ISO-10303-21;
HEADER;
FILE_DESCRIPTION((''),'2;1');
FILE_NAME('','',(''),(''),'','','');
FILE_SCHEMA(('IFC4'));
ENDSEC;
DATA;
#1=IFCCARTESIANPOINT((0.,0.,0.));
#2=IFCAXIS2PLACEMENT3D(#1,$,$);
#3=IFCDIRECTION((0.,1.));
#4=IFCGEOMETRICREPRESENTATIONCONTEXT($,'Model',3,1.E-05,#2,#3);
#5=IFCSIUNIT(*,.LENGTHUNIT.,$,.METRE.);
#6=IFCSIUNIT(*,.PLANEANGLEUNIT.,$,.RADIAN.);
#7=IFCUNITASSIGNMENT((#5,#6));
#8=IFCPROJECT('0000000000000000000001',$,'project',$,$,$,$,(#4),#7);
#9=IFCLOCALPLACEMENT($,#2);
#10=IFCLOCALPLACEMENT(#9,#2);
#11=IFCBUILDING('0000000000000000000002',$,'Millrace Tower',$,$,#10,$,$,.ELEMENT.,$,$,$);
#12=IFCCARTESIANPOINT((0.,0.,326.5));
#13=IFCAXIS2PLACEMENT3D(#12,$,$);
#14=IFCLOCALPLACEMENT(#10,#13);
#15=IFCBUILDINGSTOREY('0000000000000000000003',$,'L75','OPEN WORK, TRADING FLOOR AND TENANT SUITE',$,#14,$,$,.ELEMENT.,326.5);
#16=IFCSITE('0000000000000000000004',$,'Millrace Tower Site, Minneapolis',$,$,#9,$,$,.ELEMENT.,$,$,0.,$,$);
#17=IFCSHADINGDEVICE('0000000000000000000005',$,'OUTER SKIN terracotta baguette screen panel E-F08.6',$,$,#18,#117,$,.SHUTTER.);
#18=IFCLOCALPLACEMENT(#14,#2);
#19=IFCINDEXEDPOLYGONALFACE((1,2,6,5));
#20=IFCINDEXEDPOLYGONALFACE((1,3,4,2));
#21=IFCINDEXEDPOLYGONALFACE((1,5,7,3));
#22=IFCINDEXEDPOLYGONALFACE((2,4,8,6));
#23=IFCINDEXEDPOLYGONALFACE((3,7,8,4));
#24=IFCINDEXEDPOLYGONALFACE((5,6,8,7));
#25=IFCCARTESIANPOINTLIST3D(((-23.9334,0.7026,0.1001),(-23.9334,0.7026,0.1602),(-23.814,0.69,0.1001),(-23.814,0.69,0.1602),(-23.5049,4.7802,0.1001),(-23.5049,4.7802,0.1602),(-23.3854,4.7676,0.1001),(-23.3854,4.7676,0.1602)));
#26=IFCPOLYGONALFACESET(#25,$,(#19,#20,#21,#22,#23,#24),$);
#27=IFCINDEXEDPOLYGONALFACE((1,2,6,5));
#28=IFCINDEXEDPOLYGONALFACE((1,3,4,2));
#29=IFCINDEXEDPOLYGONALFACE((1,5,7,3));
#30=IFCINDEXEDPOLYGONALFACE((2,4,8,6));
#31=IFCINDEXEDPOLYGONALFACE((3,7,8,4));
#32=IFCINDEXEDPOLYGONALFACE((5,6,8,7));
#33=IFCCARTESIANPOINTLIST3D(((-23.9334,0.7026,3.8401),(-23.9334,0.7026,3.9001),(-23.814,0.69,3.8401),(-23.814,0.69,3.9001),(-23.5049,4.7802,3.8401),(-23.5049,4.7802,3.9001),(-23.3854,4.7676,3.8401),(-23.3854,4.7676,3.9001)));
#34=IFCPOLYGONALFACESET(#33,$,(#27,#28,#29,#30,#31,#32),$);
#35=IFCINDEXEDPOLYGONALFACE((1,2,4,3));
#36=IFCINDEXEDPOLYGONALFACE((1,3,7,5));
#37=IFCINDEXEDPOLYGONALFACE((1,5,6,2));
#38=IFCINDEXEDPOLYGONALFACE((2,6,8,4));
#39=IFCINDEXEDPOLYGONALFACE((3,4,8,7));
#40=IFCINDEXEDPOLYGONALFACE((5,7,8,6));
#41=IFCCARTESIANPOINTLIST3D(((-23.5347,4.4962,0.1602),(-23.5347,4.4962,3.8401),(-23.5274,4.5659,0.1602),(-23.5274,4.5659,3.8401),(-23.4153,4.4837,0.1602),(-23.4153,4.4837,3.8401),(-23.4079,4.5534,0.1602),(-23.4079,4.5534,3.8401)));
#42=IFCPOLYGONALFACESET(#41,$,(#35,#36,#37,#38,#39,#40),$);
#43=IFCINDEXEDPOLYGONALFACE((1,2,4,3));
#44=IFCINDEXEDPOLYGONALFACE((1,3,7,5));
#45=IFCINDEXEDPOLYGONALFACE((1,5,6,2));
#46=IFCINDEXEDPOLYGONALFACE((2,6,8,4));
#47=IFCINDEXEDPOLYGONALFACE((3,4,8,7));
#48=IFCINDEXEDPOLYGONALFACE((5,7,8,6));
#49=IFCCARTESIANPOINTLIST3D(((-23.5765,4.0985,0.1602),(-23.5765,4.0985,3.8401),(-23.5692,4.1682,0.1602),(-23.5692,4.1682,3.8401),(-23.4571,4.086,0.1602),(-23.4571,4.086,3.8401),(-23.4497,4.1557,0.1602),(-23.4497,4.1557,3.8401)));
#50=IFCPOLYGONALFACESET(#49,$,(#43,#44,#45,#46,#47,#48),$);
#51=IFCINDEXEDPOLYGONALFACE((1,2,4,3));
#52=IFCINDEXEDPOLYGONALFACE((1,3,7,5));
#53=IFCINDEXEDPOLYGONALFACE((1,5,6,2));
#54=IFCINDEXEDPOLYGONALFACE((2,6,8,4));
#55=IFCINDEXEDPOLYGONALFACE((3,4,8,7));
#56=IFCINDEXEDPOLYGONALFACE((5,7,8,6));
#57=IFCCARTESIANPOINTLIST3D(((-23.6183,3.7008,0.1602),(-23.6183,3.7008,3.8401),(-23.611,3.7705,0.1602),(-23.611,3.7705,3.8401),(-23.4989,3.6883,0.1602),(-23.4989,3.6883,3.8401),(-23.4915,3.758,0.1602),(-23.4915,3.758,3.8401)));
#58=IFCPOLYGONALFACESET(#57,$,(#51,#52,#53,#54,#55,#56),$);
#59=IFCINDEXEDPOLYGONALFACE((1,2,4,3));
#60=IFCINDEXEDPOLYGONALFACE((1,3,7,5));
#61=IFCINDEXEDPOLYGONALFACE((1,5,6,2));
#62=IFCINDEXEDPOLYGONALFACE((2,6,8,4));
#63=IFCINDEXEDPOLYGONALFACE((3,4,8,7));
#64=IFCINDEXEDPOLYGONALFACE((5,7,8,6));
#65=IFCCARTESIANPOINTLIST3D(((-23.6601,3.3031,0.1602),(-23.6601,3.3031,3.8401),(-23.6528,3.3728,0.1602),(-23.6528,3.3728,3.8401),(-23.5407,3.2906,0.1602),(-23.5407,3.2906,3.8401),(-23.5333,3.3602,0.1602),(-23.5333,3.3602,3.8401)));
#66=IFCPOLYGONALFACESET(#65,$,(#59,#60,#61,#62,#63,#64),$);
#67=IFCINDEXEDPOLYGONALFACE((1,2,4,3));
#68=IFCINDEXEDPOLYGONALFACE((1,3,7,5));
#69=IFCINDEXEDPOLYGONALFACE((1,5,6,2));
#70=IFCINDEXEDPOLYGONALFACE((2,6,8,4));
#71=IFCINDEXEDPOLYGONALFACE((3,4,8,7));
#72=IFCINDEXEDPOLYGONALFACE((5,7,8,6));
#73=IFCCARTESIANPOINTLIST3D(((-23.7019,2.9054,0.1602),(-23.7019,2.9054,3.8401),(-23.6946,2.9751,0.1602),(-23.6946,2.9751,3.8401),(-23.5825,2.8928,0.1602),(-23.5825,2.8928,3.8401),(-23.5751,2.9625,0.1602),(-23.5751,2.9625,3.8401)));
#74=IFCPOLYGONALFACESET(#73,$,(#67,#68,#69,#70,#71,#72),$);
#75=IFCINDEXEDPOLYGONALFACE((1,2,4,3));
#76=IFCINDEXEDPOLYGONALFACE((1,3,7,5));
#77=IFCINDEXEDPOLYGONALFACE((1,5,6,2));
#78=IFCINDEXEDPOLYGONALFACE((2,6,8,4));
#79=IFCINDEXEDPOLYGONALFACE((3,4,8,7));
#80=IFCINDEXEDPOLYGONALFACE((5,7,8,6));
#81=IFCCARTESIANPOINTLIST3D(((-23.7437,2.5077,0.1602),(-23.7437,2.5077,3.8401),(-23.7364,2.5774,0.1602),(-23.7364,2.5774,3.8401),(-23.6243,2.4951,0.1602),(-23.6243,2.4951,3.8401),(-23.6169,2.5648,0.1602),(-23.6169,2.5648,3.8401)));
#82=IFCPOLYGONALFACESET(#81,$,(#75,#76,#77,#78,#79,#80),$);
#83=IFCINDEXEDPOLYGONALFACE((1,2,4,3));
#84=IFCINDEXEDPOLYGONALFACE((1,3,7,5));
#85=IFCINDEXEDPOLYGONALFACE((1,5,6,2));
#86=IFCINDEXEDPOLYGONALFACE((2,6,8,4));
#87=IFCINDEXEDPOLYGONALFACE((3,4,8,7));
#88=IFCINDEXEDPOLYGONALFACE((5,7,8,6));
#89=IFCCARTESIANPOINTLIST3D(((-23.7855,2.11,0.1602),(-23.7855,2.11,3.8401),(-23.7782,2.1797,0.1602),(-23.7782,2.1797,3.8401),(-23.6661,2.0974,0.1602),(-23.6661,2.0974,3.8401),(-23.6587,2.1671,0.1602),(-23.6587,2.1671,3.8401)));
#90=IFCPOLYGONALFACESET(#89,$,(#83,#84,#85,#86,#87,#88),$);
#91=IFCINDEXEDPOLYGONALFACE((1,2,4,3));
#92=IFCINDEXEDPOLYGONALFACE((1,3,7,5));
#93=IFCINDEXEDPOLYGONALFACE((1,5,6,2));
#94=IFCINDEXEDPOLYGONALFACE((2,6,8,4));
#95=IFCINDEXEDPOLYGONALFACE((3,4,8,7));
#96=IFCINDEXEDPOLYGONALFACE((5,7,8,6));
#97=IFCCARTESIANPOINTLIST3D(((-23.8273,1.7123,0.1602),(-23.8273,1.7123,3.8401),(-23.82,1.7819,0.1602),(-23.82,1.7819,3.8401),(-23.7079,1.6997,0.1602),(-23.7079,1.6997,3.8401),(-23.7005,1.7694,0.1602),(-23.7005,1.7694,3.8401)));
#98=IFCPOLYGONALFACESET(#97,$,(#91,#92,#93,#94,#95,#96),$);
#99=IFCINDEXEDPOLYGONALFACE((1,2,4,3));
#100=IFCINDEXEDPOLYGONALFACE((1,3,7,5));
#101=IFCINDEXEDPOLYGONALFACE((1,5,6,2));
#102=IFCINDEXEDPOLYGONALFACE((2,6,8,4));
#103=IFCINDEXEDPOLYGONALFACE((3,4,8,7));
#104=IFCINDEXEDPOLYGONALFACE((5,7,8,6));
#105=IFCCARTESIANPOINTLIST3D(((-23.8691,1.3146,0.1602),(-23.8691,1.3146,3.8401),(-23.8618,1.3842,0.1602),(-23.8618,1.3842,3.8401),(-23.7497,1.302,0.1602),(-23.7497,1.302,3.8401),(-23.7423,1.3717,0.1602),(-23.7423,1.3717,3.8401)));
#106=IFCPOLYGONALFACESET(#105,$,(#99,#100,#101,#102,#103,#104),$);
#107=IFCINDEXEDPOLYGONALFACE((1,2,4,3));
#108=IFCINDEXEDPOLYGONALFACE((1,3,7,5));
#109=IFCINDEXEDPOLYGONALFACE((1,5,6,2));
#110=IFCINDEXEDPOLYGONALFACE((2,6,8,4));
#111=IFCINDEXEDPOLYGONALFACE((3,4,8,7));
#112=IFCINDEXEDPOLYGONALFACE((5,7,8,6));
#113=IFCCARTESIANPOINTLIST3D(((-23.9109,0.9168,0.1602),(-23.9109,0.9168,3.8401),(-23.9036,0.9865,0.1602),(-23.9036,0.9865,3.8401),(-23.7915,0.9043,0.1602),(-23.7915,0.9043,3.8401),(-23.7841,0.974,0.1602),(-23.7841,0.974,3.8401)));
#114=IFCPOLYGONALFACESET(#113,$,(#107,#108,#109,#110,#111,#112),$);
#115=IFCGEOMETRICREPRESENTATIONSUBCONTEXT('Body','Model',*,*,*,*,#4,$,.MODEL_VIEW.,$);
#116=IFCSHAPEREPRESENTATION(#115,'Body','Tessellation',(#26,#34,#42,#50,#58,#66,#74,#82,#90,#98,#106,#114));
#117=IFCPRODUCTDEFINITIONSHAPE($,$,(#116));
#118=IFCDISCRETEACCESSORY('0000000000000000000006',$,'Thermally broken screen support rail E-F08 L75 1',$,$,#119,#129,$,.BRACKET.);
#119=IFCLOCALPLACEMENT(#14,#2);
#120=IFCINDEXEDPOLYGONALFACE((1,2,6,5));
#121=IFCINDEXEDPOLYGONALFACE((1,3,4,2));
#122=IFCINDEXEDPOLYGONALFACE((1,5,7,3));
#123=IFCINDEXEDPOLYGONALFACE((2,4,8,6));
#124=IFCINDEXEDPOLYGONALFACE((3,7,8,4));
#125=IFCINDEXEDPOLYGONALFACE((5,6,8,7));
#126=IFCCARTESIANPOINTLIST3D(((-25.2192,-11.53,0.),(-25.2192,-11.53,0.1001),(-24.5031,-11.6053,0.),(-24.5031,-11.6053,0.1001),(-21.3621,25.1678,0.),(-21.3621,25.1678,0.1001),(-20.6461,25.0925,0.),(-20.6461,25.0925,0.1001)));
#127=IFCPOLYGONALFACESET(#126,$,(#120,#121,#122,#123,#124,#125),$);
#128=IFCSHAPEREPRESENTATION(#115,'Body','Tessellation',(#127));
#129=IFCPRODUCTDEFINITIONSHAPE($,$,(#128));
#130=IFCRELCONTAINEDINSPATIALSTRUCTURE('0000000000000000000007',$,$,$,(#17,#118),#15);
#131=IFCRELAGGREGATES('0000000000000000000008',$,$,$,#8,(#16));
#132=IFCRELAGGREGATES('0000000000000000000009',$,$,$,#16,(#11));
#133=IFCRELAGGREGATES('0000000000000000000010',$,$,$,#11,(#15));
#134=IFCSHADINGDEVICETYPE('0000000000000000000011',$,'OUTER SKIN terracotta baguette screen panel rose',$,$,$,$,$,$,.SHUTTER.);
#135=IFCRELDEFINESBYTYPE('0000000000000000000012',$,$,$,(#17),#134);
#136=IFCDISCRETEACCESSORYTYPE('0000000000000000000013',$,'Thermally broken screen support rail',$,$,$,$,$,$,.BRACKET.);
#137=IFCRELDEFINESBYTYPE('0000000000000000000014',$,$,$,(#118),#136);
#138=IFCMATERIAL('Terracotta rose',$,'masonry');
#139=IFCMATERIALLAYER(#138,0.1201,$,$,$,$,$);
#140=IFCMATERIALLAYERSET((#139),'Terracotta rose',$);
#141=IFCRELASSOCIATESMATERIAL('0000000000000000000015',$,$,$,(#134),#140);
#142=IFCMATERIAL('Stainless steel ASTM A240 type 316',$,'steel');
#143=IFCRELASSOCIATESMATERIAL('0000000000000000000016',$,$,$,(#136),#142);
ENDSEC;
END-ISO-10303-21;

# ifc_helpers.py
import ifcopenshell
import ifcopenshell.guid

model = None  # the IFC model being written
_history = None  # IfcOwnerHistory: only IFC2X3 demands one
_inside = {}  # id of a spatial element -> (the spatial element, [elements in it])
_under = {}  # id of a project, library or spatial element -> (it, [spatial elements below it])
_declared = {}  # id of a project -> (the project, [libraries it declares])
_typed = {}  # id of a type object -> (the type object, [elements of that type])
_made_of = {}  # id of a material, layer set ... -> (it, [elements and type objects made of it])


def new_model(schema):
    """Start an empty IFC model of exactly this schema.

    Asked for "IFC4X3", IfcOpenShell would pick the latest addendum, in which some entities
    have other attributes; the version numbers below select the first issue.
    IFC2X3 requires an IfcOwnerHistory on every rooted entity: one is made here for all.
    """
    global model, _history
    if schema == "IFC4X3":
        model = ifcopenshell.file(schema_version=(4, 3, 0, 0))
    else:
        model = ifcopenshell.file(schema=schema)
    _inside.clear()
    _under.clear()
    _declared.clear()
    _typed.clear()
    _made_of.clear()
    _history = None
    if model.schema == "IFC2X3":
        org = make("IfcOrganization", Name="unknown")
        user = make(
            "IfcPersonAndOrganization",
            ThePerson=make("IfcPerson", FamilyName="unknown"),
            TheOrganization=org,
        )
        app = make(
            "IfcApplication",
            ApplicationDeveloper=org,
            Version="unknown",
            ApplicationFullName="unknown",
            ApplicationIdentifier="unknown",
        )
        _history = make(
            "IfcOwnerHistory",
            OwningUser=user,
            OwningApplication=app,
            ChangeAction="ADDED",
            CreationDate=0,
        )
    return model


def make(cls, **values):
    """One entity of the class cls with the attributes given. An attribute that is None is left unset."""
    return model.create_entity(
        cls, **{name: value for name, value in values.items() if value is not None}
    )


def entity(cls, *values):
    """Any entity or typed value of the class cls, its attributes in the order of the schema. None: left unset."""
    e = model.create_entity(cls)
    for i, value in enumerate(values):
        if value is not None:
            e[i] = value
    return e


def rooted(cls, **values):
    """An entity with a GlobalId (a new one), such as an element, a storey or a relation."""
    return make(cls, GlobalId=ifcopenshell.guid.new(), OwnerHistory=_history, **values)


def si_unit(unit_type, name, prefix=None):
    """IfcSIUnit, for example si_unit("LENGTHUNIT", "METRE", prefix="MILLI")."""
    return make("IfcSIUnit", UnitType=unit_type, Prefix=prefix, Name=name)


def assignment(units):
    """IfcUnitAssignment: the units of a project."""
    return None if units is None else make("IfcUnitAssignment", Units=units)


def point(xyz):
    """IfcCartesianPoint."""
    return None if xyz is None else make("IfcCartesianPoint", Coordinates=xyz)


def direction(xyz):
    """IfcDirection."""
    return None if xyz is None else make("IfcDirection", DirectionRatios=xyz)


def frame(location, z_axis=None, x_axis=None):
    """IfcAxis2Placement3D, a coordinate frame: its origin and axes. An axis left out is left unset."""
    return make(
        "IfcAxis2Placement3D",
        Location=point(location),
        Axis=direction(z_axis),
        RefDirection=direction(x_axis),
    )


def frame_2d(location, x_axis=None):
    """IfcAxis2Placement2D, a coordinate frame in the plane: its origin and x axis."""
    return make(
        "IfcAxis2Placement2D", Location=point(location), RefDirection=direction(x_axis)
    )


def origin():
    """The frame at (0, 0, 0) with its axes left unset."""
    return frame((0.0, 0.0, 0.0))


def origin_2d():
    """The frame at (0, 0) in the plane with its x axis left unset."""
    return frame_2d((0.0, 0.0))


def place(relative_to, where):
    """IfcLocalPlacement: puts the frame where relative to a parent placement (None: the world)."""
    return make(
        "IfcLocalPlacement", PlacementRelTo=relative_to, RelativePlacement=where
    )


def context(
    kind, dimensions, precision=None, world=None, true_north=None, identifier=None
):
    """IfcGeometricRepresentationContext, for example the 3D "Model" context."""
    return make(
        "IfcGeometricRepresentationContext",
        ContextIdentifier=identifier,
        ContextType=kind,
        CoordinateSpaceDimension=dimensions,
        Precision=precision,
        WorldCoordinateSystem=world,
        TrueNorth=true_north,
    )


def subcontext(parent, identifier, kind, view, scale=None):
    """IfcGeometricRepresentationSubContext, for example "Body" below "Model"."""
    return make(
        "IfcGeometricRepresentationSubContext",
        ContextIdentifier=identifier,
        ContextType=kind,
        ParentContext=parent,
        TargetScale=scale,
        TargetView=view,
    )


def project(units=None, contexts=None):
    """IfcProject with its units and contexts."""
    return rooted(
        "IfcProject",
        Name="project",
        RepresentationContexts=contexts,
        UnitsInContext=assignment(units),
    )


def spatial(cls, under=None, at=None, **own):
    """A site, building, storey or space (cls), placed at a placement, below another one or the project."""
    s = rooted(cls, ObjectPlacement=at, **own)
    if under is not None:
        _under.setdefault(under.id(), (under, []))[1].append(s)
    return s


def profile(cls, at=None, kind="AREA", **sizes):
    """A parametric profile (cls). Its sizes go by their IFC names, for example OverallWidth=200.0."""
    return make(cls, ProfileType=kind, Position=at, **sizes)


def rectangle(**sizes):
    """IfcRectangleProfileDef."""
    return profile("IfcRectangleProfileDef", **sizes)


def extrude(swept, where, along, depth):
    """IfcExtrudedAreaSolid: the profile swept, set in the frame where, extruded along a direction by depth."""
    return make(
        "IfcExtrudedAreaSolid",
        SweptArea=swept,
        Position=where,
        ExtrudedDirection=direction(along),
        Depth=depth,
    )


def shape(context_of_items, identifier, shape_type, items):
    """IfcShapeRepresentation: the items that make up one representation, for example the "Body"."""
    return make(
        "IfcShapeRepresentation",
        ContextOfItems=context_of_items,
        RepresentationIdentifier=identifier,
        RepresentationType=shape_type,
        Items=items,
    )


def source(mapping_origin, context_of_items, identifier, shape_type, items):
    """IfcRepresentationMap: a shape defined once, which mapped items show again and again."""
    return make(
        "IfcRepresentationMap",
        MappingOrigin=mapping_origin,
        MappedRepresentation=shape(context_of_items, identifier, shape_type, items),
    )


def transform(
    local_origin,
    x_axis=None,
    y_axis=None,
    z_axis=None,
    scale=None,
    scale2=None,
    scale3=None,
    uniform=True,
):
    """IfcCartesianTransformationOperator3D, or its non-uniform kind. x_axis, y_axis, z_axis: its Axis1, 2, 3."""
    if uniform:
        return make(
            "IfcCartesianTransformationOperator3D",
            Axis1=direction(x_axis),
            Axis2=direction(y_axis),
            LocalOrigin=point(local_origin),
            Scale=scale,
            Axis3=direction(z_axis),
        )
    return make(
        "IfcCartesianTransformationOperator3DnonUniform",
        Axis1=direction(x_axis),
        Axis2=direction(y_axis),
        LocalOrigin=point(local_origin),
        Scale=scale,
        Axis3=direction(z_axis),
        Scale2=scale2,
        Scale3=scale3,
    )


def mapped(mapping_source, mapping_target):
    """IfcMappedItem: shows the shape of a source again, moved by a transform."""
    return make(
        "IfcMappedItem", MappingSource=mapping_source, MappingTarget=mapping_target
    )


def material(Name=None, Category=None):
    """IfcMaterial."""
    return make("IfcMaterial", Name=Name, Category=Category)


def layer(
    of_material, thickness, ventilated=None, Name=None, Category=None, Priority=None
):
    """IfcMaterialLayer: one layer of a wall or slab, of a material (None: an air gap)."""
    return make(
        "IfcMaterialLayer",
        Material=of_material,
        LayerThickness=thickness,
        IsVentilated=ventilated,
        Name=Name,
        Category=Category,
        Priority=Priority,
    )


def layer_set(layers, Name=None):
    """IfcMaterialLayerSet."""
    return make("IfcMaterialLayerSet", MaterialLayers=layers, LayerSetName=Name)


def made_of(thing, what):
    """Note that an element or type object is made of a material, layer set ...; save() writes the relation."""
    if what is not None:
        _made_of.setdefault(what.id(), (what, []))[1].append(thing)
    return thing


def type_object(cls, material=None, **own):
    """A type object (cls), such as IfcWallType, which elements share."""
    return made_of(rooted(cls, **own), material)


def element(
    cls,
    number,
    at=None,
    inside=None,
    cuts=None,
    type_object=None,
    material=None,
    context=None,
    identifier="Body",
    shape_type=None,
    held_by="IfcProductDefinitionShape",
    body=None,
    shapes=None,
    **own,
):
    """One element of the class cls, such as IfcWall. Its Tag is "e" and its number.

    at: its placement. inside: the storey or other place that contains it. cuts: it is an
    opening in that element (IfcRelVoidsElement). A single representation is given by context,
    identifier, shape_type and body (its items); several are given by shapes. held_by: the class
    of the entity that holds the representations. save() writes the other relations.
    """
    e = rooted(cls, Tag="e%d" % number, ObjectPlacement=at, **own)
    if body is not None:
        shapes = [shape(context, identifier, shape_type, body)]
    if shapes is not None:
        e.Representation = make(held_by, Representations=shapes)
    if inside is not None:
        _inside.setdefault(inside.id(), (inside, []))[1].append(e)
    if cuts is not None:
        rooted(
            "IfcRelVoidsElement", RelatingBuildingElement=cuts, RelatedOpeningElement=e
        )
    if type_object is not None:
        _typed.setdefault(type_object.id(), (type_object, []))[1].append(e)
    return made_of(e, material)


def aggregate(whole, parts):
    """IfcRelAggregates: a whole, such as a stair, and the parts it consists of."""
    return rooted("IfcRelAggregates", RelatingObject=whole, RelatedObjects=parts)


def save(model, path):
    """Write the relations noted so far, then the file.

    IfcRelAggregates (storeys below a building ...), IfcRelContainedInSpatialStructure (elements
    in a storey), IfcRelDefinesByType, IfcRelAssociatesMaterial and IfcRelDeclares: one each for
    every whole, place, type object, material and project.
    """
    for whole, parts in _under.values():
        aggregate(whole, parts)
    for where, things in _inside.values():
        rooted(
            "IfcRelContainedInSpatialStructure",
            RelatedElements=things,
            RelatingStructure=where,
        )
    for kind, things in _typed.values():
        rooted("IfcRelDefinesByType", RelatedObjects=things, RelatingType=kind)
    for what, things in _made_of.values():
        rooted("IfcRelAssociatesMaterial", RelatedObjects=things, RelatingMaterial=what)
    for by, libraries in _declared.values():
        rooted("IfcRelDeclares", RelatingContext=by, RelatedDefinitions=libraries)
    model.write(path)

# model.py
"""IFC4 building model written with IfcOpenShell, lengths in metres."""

from ifc_helpers import new_model, entity, si_unit, direction, frame, frame_2d, origin, origin_2d, place, context, subcontext, project, spatial, rectangle, extrude, source, transform, mapped, material, layer, layer_set, type_object, element, save


model = new_model("IFC4")

# Units and contexts
model_context = context("Model", 3, precision=1e-05, world=origin(), true_north=direction((0.0, 1.0)))
body_context = subcontext(model_context, "Body", "Model", "MODEL_VIEW")
ifc_project = project(units=[si_unit("LENGTHUNIT", "METRE"), si_unit("PLANEANGLEUNIT", "RADIAN")], contexts=[model_context])

# Site, building, storey
site_placement = place(None, origin())
site = spatial("IfcSite", under=ifc_project, at=site_placement, Name="Millrace Tower Site, Minneapolis", CompositionType="ELEMENT", RefElevation=0.0)
building_placement = place(site_placement, origin())
building = spatial("IfcBuilding", under=site, at=building_placement, Name="Millrace Tower", CompositionType="ELEMENT")
storey_placement = place(building_placement, frame((0.0, 0.0, 326.5)))
storey = spatial("IfcBuildingStorey", under=building, at=storey_placement, Name="L75", Description="OPEN WORK, TRADING FLOOR AND TENANT SUITE", CompositionType="ELEMENT", Elevation=326.5)

# Shading device
ifc_material_1 = material(Name="Terracotta rose", Category="masonry")
ifc_layer_1 = layer(ifc_material_1, 0.1201)
ifc_layer_set_1 = layer_set([ifc_layer_1], Name="Terracotta rose")
shading_device_type = type_object("IfcShadingDeviceType", Name="OUTER SKIN terracotta baguette screen panel rose", PredefinedType="SHUTTER", material=ifc_layer_set_1)
cartesian_point = entity("IfcCartesianPoint", [-2.05, 0.0601])
shared_polyline = entity("IfcPolyline", [cartesian_point, entity("IfcCartesianPoint", [2.05, 0.0601]), entity("IfcCartesianPoint", [2.05, -0.0601]), entity("IfcCartesianPoint", [-2.05, -0.0601]), cartesian_point])
shared_shape = source(origin(), body_context, "Body", "SweptSolid", [
    entity("IfcExtrudedAreaSolid", entity("IfcArbitraryClosedProfileDef", "AREA", None, shared_polyline), entity("IfcAxis2Placement3D", entity("IfcCartesianPoint", [0.0, 0.0, 0.0])), entity("IfcDirection", [0.0, 0.0, 1.0]), 0.0601),
    entity("IfcExtrudedAreaSolid", entity("IfcArbitraryClosedProfileDef", "AREA", None, shared_polyline), entity("IfcAxis2Placement3D", entity("IfcCartesianPoint", [0.0, 0.0, 3.74])), entity("IfcDirection", [0.0, 0.0, 1.0]), 0.0601),
    extrude(rectangle(XDim=0.0701, YDim=0.1201, at=frame_2d((-1.7996, 0.0))), frame((0.0, 0.0, 0.0601)), (0.0, 0.0, 1.0), 3.6799),
    extrude(rectangle(XDim=0.0701, YDim=0.1201, at=frame_2d((-1.3997, 0.0))), frame((0.0, 0.0, 0.0601)), (0.0, 0.0, 1.0), 3.6799),
    extrude(rectangle(XDim=0.0701, YDim=0.1201, at=frame_2d((-0.9998, 0.0))), frame((0.0, 0.0, 0.0601)), (0.0, 0.0, 1.0), 3.6799),
    extrude(rectangle(XDim=0.0701, YDim=0.1201, at=frame_2d((-0.5999, 0.0))), frame((0.0, 0.0, 0.0601)), (0.0, 0.0, 1.0), 3.6799),
    extrude(rectangle(XDim=0.0701, YDim=0.1201, at=frame_2d((-0.2, 0.0))), frame((0.0, 0.0, 0.0601)), (0.0, 0.0, 1.0), 3.6799),
    extrude(rectangle(XDim=0.0701, YDim=0.1201, at=frame_2d((0.2, 0.0))), frame((0.0, 0.0, 0.0601)), (0.0, 0.0, 1.0), 3.6799),
    extrude(rectangle(XDim=0.0701, YDim=0.1201, at=frame_2d((0.5999, 0.0))), frame((0.0, 0.0, 0.0601)), (0.0, 0.0, 1.0), 3.6799),
    extrude(rectangle(XDim=0.0701, YDim=0.1201, at=frame_2d((0.9998, 0.0))), frame((0.0, 0.0, 0.0601)), (0.0, 0.0, 1.0), 3.6799),
    extrude(rectangle(XDim=0.0701, YDim=0.1201, at=frame_2d((1.3997, 0.0))), frame((0.0, 0.0, 0.0601)), (0.0, 0.0, 1.0), 3.6799),
    extrude(rectangle(XDim=0.0701, YDim=0.1201, at=frame_2d((1.7996, 0.0))), frame((0.0, 0.0, 0.0601)), (0.0, 0.0, 1.0), 3.6799),
])
for number, where, z_axis, x_axis, name in (
    (1, (-23.6594, 2.7351, 0.1001), (0.0, 0.0, 1.0), (-0.104528, -0.994522, 0.0), "OUTER SKIN terracotta baguette screen panel E-F08.6"),
):
    element("IfcShadingDevice", number, at=place(storey_placement, frame(where, z_axis=z_axis, x_axis=x_axis)), inside=storey, type_object=shading_device_type, Name=name, PredefinedType="SHUTTER", context=body_context, shape_type="MappedRepresentation", body=[
        mapped(shared_shape, transform((0.0, 0.0, 0.0), scale=1.0)),
    ])

# Discrete accessory
ifc_material_2 = material(Name="Stainless steel ASTM A240 type 316", Category="steel")
discrete_accessory_type = type_object("IfcDiscreteAccessoryType", Name="Thermally broken screen support rail", PredefinedType="BRACKET", material=ifc_material_2)
discrete_accessory_placement = place(storey_placement, frame((-22.9326, 6.7812, 0.0), z_axis=(0.0, 0.0, 1.0), x_axis=(-0.104528, -0.994522, 0.0)))
element("IfcDiscreteAccessory", 2, at=discrete_accessory_placement, inside=storey, type_object=discrete_accessory_type, Name="Thermally broken screen support rail E-F08 L75 1", PredefinedType="BRACKET", context=body_context, shape_type="SweptSolid", body=[
    extrude(rectangle(XDim=36.8999, YDim=0.72, at=origin_2d()), origin(), (0.0, 0.0, 1.0), 0.1001),
])

save(model, "model.ifc")
